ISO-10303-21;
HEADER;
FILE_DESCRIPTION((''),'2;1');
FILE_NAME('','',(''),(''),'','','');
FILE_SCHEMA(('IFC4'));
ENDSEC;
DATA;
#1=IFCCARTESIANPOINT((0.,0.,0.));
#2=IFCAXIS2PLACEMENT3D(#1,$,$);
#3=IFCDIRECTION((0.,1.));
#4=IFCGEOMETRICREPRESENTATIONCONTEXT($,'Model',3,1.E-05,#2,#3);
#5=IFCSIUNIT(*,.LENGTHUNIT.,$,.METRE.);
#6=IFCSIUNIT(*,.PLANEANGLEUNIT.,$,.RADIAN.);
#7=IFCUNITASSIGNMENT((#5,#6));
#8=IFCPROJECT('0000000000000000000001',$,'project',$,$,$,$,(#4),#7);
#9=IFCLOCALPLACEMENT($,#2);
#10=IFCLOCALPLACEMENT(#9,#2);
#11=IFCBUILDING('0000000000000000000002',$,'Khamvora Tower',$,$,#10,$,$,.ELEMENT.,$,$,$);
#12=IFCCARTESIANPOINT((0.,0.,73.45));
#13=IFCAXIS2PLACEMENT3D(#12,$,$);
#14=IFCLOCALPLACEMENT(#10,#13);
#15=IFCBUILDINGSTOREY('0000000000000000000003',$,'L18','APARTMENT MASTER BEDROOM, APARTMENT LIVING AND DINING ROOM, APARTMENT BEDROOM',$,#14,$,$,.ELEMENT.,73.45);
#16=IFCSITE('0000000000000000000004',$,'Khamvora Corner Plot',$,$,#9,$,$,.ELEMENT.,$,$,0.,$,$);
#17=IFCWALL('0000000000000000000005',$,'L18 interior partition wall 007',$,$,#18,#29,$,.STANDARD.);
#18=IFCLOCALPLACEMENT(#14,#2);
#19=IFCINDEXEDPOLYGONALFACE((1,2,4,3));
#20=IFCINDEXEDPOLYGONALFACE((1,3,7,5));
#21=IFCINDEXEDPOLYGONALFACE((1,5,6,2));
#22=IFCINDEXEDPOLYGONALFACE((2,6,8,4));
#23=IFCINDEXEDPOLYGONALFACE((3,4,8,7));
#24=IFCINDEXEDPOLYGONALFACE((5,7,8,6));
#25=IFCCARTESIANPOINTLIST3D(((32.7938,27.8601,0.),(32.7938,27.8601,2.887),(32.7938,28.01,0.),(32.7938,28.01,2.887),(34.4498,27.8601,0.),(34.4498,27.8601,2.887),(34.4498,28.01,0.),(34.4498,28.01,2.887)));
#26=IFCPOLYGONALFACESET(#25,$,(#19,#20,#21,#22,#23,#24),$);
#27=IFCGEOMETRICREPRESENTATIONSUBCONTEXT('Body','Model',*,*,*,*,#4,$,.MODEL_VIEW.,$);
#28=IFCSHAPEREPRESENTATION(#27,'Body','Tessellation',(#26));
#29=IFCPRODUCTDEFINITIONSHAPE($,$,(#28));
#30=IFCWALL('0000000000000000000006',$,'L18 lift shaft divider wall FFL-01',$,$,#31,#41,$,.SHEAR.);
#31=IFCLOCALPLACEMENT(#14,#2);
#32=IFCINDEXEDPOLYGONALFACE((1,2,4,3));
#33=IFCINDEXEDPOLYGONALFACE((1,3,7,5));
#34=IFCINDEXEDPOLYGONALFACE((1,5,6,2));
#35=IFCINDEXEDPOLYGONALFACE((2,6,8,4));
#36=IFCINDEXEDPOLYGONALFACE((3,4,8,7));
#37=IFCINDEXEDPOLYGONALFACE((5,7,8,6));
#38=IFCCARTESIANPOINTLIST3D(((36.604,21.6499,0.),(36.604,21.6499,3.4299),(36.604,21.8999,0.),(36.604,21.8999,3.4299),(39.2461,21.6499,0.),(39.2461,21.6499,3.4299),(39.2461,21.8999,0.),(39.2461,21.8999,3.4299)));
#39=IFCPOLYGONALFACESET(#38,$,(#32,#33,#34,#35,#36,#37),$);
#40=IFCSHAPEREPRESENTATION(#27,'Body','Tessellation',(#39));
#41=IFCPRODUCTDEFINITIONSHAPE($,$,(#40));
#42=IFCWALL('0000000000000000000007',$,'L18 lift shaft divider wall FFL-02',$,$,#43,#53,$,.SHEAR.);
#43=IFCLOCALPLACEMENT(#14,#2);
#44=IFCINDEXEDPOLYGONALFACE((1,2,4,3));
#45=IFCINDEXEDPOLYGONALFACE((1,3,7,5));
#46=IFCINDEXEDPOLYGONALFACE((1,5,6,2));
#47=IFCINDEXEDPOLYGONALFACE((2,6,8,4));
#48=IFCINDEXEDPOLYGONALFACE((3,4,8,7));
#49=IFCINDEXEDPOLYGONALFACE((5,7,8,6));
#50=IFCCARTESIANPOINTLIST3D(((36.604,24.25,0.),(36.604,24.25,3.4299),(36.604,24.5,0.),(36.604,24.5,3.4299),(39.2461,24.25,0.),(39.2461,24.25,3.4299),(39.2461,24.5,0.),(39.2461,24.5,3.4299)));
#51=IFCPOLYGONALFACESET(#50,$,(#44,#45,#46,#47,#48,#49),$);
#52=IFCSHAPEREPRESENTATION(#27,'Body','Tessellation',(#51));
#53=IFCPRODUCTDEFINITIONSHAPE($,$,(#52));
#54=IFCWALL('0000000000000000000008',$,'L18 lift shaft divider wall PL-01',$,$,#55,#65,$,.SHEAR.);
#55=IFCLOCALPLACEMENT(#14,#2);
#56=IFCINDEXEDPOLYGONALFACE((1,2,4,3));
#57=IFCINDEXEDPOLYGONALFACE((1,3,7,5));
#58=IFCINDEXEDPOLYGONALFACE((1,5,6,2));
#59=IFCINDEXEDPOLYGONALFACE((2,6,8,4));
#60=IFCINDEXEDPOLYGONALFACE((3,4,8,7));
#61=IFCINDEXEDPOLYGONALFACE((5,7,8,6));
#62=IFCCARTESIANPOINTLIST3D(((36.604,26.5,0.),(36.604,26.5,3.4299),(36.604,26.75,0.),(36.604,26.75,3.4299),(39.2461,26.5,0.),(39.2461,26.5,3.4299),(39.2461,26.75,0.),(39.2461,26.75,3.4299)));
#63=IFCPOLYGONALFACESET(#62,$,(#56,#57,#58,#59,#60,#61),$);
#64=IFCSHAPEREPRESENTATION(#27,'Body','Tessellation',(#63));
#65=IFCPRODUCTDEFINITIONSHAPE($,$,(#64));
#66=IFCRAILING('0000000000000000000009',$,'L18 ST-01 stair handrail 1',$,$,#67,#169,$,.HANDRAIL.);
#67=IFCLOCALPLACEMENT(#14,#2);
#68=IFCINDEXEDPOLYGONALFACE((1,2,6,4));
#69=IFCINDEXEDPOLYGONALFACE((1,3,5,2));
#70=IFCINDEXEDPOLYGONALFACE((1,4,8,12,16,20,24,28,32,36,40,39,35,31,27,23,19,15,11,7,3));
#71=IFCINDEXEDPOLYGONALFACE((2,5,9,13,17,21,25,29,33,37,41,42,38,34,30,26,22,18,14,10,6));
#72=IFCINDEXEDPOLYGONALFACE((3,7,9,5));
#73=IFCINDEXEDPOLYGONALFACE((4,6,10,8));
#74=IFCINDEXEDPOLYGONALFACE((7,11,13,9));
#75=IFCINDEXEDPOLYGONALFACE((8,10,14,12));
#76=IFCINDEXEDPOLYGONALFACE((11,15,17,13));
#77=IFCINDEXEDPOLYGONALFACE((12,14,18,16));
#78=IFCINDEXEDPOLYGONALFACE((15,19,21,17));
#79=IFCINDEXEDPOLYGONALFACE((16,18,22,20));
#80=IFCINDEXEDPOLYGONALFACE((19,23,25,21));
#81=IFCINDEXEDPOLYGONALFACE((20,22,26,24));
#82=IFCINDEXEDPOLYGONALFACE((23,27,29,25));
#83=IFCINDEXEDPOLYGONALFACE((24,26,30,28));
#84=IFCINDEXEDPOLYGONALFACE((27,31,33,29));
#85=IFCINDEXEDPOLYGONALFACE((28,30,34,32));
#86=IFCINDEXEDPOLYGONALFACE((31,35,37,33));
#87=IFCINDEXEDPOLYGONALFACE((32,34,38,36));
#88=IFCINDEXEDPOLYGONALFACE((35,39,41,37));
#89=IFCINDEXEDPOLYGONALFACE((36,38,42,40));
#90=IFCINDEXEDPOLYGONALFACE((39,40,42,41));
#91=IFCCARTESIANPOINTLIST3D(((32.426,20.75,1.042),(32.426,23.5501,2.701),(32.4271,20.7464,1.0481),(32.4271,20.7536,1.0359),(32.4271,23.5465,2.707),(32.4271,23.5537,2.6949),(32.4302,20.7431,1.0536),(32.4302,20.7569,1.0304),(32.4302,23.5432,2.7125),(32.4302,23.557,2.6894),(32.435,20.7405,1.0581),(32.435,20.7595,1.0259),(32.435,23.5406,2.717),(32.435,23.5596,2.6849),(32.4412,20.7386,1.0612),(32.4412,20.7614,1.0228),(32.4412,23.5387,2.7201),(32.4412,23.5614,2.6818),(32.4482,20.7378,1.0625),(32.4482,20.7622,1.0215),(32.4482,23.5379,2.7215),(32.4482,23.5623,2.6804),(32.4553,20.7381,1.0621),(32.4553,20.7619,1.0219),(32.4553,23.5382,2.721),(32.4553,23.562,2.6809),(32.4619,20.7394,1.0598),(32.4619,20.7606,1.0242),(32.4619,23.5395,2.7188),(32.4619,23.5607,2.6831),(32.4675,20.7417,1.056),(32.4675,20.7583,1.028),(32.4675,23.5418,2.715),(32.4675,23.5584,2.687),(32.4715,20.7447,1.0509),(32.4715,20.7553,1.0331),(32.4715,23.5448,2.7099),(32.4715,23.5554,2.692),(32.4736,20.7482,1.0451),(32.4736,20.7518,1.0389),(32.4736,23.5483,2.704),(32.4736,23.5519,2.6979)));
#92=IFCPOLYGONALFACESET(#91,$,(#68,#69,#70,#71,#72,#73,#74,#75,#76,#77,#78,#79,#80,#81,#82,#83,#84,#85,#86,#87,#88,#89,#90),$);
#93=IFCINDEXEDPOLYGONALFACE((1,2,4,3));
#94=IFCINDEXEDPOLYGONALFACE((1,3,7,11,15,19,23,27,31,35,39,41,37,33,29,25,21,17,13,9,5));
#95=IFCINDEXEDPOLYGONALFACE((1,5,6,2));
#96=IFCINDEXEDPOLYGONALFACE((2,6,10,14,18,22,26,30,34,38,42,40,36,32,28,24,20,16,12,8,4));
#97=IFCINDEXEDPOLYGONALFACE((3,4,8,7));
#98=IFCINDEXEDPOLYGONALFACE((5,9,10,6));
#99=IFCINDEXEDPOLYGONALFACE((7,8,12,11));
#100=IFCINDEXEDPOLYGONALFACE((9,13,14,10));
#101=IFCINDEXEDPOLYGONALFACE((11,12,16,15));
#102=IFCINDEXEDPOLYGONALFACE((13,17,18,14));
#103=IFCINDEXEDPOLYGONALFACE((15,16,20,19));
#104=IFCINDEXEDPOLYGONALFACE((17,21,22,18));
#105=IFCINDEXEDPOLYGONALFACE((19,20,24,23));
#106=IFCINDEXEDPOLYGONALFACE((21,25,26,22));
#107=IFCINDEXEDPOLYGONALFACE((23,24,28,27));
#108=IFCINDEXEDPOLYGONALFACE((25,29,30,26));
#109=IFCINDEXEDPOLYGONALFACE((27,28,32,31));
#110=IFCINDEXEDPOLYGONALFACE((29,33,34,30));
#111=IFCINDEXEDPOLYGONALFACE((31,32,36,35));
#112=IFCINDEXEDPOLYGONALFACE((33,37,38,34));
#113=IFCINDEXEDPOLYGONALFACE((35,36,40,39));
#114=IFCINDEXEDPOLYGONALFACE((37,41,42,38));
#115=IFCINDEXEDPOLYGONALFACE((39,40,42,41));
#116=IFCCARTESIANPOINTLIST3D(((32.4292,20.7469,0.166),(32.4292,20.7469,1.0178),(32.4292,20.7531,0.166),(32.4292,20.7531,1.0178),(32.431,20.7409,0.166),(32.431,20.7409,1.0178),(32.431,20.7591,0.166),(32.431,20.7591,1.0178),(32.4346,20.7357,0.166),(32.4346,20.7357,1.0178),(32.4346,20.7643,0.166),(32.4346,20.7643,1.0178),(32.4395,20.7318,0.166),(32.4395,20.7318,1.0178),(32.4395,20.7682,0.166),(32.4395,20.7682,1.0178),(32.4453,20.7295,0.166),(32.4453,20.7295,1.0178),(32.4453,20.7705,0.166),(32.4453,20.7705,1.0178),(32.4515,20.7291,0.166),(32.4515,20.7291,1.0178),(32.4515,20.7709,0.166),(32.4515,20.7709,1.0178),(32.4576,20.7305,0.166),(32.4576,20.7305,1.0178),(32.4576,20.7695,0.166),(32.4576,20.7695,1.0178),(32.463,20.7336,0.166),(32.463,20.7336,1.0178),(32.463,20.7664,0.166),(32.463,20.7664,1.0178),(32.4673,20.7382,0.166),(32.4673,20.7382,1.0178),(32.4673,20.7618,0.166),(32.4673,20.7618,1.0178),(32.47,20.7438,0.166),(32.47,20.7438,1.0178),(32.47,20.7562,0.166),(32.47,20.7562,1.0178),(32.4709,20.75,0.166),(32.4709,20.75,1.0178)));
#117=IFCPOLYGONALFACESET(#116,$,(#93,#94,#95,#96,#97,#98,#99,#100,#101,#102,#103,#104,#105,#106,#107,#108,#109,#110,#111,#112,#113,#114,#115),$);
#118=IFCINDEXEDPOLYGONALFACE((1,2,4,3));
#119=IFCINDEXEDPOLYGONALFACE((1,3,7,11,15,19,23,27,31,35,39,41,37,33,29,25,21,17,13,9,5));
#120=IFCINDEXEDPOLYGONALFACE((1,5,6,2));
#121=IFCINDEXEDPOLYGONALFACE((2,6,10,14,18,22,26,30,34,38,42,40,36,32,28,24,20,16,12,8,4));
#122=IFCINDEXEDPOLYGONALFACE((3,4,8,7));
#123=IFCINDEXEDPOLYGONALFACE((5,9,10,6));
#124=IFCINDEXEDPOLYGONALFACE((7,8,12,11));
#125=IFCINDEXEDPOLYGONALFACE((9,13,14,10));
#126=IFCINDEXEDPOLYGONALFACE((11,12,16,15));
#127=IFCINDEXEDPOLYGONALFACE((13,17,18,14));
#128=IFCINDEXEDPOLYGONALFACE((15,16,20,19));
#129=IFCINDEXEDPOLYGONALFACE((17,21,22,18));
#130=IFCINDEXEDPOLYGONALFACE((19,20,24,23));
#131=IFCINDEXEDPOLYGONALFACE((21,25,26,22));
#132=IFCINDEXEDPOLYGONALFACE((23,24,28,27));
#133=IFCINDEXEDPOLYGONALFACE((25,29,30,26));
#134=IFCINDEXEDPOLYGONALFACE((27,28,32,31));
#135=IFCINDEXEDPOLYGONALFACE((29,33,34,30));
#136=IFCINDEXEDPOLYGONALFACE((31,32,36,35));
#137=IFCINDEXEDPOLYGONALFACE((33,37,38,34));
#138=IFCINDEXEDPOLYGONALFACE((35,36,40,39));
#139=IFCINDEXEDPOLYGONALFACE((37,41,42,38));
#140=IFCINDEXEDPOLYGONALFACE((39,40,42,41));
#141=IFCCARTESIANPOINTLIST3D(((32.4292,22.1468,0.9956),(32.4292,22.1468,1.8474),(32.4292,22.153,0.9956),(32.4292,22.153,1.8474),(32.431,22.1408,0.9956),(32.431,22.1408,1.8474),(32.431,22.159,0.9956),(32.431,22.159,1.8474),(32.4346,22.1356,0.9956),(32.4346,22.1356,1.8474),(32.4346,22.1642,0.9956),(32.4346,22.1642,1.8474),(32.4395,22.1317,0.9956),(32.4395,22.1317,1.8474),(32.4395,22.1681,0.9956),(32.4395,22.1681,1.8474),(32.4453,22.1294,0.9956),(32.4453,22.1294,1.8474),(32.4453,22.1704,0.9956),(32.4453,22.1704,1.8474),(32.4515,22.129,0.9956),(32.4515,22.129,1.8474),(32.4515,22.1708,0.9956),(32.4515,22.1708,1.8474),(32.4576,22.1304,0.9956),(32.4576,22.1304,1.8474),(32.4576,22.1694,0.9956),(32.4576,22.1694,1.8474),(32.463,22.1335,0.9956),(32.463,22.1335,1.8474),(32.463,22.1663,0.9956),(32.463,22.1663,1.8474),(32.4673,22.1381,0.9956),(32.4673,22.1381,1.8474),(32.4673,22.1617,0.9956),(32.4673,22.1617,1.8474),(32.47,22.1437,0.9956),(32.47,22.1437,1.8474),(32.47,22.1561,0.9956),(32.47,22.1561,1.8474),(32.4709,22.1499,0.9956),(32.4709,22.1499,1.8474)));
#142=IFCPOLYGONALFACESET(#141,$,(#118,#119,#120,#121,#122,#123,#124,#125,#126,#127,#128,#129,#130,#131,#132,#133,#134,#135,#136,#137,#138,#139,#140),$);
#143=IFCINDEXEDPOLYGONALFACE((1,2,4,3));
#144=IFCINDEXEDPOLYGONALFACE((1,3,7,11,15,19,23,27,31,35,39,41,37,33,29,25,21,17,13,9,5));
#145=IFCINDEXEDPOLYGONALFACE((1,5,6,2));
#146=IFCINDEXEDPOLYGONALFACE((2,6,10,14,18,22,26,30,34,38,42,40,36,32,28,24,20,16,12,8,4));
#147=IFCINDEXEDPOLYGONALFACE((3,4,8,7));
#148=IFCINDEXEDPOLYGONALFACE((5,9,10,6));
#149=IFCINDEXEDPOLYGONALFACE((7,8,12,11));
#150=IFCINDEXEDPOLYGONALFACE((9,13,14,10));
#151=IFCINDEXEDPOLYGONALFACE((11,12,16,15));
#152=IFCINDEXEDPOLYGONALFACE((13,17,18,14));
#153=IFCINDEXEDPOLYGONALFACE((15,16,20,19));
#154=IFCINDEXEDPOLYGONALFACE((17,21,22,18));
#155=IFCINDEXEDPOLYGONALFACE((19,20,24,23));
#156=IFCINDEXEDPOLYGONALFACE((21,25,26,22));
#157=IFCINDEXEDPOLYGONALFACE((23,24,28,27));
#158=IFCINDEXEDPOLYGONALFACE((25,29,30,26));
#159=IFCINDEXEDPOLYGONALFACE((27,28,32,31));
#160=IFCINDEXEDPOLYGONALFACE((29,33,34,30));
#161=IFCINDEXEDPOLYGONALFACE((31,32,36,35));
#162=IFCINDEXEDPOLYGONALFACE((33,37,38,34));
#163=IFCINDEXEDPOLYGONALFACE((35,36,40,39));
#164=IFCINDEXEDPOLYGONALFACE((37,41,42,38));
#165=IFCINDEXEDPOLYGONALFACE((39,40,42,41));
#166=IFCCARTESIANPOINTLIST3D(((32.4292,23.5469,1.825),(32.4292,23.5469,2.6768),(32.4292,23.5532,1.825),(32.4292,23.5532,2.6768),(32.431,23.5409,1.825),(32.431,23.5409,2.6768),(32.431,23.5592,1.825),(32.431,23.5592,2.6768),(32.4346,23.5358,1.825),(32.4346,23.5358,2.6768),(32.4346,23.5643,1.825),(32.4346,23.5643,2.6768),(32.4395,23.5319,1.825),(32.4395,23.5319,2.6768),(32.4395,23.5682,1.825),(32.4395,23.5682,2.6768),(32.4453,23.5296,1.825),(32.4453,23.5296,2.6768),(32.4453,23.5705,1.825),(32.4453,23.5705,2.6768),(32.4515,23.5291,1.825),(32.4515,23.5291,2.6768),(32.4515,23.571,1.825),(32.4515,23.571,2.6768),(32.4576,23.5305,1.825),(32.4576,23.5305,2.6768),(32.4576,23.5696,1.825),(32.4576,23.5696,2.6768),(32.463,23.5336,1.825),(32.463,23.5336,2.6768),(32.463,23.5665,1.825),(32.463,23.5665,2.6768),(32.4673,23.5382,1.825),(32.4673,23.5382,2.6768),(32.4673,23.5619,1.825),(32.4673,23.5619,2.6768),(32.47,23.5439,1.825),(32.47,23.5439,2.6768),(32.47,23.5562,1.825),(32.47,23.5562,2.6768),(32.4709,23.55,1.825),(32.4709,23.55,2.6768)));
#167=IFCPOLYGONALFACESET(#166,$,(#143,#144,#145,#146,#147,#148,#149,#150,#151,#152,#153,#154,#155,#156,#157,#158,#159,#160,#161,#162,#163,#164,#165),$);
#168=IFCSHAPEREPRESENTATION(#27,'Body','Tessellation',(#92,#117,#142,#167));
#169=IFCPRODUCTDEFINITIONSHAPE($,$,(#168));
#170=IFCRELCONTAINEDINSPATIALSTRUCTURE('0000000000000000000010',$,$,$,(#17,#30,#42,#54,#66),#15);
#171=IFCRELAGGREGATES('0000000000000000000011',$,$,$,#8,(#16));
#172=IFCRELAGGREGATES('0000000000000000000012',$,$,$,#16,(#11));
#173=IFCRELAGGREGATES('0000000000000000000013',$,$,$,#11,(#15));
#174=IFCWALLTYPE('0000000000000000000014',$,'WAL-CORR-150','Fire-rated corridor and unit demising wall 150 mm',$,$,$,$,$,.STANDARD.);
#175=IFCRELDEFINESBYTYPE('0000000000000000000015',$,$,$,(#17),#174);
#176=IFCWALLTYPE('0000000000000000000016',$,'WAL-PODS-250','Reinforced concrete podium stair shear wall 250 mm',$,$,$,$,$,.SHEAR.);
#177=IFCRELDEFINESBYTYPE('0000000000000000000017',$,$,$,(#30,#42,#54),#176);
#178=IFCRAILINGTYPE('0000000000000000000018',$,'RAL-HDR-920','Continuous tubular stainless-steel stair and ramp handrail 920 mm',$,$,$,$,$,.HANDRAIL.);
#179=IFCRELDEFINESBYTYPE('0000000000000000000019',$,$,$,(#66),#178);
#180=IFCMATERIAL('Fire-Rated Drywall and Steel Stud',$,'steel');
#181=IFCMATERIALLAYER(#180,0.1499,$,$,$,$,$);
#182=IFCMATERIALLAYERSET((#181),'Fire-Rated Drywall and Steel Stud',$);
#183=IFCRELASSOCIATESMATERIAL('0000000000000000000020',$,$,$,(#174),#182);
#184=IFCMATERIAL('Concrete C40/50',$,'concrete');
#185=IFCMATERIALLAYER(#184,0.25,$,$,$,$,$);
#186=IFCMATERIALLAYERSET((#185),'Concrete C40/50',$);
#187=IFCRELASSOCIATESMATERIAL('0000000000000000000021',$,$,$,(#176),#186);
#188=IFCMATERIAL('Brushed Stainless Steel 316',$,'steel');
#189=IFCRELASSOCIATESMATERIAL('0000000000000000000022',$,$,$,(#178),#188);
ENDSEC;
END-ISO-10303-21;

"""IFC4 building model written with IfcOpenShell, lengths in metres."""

from ifc_helpers import new_model, si_unit, direction, frame, frame_2d, origin, origin_2d, place, context, subcontext, project, spatial, rectangle, circle, extrude, material, layer, layer_set, type_object, element, save


model = new_model("IFC4")

# Units and contexts
model_context = context("Model", 3, precision=1e-05, world=origin(), true_north=direction((0.0, 1.0)))
body_context = subcontext(model_context, "Body", "Model", "MODEL_VIEW")
ifc_project = project(units=[si_unit("LENGTHUNIT", "METRE"), si_unit("PLANEANGLEUNIT", "RADIAN")], contexts=[model_context])

# Site, building, storey
site_placement = place(None, origin())
site = spatial("IfcSite", under=ifc_project, at=site_placement, Name="Khamvora Corner Plot", CompositionType="ELEMENT", RefElevation=0.0)
building_placement = place(site_placement, origin())
building = spatial("IfcBuilding", under=site, at=building_placement, Name="Khamvora Tower", CompositionType="ELEMENT")
storey_placement = place(building_placement, frame((0.0, 0.0, 73.45)))
storey = spatial("IfcBuildingStorey", under=building, at=storey_placement, Name="L18", Description="APARTMENT MASTER BEDROOM, APARTMENT LIVING AND DINING ROOM, APARTMENT BEDROOM", CompositionType="ELEMENT", Elevation=73.45)

# Shared definitions
ifc_material_1 = material(Name="Fire-Rated Drywall and Steel Stud", Category="steel")
ifc_layer_1 = layer(ifc_material_1, 0.1499)
ifc_layer_set_1 = layer_set([ifc_layer_1], Name="Fire-Rated Drywall and Steel Stud")
wall_type_1 = type_object("IfcWallType", Name="WAL-CORR-150", Description="Fire-rated corridor and unit demising wall 150 mm", PredefinedType="STANDARD", material=ifc_layer_set_1)

# Walls
wall_1_placement = place(storey_placement, frame((34.45, 27.9351, 0.0), z_axis=(0.0, 0.0, 1.0), x_axis=(-1.0, 0.0, 0.0)))
element("IfcWall", 1, at=wall_1_placement, inside=storey, type_object=wall_type_1, Name="L18 interior partition wall 007", PredefinedType="STANDARD", context=body_context, shape_type="SweptSolid", body=[
    extrude(rectangle(XDim=1.656, YDim=0.1499, at=frame_2d((0.8281, 0.0))), origin(), (0.0, 0.0, 1.0), 2.887),
])
ifc_material_2 = material(Name="Concrete C40/50", Category="concrete")
ifc_layer_2 = layer(ifc_material_2, 0.25)
ifc_layer_set_2 = layer_set([ifc_layer_2], Name="Concrete C40/50")
wall_type_2 = type_object("IfcWallType", Name="WAL-PODS-250", Description="Reinforced concrete podium stair shear wall 250 mm", PredefinedType="SHEAR", material=ifc_layer_set_2)
for number, where, z_axis, x_axis, name in (
    (2, (36.604, 21.7749, 0.0), (0.0, 0.0, 1.0), (1.0, 0.0, 0.0), "L18 lift shaft divider wall FFL-01"),
    (3, (36.604, 24.375, 0.0), (0.0, 0.0, 1.0), (1.0, 0.0, 0.0), "L18 lift shaft divider wall FFL-02"),
    (4, (36.604, 26.625, 0.0), (0.0, 0.0, 1.0), (1.0, 0.0, 0.0), "L18 lift shaft divider wall PL-01"),
):
    element("IfcWall", number, at=place(storey_placement, frame(where, z_axis=z_axis, x_axis=x_axis)), inside=storey, type_object=wall_type_2, Name=name, PredefinedType="SHEAR", context=body_context, shape_type="SweptSolid", body=[
        extrude(rectangle(XDim=2.6421, YDim=0.25, at=frame_2d((1.321, 0.0))), origin(), (0.0, 0.0, 1.0), 3.4299),
    ])

# Railing
ifc_material_3 = material(Name="Brushed Stainless Steel 316", Category="steel")
railing_type = type_object("IfcRailingType", Name="RAL-HDR-920", Description="Continuous tubular stainless-steel stair and ramp handrail 920 mm", PredefinedType="HANDRAIL", material=ifc_material_3)
railing_placement = place(storey_placement, frame((32.45, 20.75, 0.166)))
element("IfcRailing", 5, at=railing_placement, inside=storey, type_object=railing_type, Name="L18 ST-01 stair handrail 1", PredefinedType="HANDRAIL", context=body_context, shape_type="SweptSolid", body=[
    extrude(circle(Radius=0.0239, at=origin_2d()), frame((0.0, 0.0, 0.876), z_axis=(0.0, 0.860339, 0.509722), x_axis=(-1.0, 0.0, 0.0)), (0.0, 0.0, 1.0), 3.2546),
    extrude(circle(Radius=0.021, at=origin_2d()), origin(), (0.0, 0.0, 1.0), 0.8518),
    extrude(circle(Radius=0.021, at=origin_2d()), frame((0.0, 1.3999, 0.8296)), (0.0, 0.0, 1.0), 0.8518),
    extrude(circle(Radius=0.021, at=origin_2d()), frame((0.0, 2.8, 1.6589)), (0.0, 0.0, 1.0), 0.8518),
])

save(model, "model.ifc")
